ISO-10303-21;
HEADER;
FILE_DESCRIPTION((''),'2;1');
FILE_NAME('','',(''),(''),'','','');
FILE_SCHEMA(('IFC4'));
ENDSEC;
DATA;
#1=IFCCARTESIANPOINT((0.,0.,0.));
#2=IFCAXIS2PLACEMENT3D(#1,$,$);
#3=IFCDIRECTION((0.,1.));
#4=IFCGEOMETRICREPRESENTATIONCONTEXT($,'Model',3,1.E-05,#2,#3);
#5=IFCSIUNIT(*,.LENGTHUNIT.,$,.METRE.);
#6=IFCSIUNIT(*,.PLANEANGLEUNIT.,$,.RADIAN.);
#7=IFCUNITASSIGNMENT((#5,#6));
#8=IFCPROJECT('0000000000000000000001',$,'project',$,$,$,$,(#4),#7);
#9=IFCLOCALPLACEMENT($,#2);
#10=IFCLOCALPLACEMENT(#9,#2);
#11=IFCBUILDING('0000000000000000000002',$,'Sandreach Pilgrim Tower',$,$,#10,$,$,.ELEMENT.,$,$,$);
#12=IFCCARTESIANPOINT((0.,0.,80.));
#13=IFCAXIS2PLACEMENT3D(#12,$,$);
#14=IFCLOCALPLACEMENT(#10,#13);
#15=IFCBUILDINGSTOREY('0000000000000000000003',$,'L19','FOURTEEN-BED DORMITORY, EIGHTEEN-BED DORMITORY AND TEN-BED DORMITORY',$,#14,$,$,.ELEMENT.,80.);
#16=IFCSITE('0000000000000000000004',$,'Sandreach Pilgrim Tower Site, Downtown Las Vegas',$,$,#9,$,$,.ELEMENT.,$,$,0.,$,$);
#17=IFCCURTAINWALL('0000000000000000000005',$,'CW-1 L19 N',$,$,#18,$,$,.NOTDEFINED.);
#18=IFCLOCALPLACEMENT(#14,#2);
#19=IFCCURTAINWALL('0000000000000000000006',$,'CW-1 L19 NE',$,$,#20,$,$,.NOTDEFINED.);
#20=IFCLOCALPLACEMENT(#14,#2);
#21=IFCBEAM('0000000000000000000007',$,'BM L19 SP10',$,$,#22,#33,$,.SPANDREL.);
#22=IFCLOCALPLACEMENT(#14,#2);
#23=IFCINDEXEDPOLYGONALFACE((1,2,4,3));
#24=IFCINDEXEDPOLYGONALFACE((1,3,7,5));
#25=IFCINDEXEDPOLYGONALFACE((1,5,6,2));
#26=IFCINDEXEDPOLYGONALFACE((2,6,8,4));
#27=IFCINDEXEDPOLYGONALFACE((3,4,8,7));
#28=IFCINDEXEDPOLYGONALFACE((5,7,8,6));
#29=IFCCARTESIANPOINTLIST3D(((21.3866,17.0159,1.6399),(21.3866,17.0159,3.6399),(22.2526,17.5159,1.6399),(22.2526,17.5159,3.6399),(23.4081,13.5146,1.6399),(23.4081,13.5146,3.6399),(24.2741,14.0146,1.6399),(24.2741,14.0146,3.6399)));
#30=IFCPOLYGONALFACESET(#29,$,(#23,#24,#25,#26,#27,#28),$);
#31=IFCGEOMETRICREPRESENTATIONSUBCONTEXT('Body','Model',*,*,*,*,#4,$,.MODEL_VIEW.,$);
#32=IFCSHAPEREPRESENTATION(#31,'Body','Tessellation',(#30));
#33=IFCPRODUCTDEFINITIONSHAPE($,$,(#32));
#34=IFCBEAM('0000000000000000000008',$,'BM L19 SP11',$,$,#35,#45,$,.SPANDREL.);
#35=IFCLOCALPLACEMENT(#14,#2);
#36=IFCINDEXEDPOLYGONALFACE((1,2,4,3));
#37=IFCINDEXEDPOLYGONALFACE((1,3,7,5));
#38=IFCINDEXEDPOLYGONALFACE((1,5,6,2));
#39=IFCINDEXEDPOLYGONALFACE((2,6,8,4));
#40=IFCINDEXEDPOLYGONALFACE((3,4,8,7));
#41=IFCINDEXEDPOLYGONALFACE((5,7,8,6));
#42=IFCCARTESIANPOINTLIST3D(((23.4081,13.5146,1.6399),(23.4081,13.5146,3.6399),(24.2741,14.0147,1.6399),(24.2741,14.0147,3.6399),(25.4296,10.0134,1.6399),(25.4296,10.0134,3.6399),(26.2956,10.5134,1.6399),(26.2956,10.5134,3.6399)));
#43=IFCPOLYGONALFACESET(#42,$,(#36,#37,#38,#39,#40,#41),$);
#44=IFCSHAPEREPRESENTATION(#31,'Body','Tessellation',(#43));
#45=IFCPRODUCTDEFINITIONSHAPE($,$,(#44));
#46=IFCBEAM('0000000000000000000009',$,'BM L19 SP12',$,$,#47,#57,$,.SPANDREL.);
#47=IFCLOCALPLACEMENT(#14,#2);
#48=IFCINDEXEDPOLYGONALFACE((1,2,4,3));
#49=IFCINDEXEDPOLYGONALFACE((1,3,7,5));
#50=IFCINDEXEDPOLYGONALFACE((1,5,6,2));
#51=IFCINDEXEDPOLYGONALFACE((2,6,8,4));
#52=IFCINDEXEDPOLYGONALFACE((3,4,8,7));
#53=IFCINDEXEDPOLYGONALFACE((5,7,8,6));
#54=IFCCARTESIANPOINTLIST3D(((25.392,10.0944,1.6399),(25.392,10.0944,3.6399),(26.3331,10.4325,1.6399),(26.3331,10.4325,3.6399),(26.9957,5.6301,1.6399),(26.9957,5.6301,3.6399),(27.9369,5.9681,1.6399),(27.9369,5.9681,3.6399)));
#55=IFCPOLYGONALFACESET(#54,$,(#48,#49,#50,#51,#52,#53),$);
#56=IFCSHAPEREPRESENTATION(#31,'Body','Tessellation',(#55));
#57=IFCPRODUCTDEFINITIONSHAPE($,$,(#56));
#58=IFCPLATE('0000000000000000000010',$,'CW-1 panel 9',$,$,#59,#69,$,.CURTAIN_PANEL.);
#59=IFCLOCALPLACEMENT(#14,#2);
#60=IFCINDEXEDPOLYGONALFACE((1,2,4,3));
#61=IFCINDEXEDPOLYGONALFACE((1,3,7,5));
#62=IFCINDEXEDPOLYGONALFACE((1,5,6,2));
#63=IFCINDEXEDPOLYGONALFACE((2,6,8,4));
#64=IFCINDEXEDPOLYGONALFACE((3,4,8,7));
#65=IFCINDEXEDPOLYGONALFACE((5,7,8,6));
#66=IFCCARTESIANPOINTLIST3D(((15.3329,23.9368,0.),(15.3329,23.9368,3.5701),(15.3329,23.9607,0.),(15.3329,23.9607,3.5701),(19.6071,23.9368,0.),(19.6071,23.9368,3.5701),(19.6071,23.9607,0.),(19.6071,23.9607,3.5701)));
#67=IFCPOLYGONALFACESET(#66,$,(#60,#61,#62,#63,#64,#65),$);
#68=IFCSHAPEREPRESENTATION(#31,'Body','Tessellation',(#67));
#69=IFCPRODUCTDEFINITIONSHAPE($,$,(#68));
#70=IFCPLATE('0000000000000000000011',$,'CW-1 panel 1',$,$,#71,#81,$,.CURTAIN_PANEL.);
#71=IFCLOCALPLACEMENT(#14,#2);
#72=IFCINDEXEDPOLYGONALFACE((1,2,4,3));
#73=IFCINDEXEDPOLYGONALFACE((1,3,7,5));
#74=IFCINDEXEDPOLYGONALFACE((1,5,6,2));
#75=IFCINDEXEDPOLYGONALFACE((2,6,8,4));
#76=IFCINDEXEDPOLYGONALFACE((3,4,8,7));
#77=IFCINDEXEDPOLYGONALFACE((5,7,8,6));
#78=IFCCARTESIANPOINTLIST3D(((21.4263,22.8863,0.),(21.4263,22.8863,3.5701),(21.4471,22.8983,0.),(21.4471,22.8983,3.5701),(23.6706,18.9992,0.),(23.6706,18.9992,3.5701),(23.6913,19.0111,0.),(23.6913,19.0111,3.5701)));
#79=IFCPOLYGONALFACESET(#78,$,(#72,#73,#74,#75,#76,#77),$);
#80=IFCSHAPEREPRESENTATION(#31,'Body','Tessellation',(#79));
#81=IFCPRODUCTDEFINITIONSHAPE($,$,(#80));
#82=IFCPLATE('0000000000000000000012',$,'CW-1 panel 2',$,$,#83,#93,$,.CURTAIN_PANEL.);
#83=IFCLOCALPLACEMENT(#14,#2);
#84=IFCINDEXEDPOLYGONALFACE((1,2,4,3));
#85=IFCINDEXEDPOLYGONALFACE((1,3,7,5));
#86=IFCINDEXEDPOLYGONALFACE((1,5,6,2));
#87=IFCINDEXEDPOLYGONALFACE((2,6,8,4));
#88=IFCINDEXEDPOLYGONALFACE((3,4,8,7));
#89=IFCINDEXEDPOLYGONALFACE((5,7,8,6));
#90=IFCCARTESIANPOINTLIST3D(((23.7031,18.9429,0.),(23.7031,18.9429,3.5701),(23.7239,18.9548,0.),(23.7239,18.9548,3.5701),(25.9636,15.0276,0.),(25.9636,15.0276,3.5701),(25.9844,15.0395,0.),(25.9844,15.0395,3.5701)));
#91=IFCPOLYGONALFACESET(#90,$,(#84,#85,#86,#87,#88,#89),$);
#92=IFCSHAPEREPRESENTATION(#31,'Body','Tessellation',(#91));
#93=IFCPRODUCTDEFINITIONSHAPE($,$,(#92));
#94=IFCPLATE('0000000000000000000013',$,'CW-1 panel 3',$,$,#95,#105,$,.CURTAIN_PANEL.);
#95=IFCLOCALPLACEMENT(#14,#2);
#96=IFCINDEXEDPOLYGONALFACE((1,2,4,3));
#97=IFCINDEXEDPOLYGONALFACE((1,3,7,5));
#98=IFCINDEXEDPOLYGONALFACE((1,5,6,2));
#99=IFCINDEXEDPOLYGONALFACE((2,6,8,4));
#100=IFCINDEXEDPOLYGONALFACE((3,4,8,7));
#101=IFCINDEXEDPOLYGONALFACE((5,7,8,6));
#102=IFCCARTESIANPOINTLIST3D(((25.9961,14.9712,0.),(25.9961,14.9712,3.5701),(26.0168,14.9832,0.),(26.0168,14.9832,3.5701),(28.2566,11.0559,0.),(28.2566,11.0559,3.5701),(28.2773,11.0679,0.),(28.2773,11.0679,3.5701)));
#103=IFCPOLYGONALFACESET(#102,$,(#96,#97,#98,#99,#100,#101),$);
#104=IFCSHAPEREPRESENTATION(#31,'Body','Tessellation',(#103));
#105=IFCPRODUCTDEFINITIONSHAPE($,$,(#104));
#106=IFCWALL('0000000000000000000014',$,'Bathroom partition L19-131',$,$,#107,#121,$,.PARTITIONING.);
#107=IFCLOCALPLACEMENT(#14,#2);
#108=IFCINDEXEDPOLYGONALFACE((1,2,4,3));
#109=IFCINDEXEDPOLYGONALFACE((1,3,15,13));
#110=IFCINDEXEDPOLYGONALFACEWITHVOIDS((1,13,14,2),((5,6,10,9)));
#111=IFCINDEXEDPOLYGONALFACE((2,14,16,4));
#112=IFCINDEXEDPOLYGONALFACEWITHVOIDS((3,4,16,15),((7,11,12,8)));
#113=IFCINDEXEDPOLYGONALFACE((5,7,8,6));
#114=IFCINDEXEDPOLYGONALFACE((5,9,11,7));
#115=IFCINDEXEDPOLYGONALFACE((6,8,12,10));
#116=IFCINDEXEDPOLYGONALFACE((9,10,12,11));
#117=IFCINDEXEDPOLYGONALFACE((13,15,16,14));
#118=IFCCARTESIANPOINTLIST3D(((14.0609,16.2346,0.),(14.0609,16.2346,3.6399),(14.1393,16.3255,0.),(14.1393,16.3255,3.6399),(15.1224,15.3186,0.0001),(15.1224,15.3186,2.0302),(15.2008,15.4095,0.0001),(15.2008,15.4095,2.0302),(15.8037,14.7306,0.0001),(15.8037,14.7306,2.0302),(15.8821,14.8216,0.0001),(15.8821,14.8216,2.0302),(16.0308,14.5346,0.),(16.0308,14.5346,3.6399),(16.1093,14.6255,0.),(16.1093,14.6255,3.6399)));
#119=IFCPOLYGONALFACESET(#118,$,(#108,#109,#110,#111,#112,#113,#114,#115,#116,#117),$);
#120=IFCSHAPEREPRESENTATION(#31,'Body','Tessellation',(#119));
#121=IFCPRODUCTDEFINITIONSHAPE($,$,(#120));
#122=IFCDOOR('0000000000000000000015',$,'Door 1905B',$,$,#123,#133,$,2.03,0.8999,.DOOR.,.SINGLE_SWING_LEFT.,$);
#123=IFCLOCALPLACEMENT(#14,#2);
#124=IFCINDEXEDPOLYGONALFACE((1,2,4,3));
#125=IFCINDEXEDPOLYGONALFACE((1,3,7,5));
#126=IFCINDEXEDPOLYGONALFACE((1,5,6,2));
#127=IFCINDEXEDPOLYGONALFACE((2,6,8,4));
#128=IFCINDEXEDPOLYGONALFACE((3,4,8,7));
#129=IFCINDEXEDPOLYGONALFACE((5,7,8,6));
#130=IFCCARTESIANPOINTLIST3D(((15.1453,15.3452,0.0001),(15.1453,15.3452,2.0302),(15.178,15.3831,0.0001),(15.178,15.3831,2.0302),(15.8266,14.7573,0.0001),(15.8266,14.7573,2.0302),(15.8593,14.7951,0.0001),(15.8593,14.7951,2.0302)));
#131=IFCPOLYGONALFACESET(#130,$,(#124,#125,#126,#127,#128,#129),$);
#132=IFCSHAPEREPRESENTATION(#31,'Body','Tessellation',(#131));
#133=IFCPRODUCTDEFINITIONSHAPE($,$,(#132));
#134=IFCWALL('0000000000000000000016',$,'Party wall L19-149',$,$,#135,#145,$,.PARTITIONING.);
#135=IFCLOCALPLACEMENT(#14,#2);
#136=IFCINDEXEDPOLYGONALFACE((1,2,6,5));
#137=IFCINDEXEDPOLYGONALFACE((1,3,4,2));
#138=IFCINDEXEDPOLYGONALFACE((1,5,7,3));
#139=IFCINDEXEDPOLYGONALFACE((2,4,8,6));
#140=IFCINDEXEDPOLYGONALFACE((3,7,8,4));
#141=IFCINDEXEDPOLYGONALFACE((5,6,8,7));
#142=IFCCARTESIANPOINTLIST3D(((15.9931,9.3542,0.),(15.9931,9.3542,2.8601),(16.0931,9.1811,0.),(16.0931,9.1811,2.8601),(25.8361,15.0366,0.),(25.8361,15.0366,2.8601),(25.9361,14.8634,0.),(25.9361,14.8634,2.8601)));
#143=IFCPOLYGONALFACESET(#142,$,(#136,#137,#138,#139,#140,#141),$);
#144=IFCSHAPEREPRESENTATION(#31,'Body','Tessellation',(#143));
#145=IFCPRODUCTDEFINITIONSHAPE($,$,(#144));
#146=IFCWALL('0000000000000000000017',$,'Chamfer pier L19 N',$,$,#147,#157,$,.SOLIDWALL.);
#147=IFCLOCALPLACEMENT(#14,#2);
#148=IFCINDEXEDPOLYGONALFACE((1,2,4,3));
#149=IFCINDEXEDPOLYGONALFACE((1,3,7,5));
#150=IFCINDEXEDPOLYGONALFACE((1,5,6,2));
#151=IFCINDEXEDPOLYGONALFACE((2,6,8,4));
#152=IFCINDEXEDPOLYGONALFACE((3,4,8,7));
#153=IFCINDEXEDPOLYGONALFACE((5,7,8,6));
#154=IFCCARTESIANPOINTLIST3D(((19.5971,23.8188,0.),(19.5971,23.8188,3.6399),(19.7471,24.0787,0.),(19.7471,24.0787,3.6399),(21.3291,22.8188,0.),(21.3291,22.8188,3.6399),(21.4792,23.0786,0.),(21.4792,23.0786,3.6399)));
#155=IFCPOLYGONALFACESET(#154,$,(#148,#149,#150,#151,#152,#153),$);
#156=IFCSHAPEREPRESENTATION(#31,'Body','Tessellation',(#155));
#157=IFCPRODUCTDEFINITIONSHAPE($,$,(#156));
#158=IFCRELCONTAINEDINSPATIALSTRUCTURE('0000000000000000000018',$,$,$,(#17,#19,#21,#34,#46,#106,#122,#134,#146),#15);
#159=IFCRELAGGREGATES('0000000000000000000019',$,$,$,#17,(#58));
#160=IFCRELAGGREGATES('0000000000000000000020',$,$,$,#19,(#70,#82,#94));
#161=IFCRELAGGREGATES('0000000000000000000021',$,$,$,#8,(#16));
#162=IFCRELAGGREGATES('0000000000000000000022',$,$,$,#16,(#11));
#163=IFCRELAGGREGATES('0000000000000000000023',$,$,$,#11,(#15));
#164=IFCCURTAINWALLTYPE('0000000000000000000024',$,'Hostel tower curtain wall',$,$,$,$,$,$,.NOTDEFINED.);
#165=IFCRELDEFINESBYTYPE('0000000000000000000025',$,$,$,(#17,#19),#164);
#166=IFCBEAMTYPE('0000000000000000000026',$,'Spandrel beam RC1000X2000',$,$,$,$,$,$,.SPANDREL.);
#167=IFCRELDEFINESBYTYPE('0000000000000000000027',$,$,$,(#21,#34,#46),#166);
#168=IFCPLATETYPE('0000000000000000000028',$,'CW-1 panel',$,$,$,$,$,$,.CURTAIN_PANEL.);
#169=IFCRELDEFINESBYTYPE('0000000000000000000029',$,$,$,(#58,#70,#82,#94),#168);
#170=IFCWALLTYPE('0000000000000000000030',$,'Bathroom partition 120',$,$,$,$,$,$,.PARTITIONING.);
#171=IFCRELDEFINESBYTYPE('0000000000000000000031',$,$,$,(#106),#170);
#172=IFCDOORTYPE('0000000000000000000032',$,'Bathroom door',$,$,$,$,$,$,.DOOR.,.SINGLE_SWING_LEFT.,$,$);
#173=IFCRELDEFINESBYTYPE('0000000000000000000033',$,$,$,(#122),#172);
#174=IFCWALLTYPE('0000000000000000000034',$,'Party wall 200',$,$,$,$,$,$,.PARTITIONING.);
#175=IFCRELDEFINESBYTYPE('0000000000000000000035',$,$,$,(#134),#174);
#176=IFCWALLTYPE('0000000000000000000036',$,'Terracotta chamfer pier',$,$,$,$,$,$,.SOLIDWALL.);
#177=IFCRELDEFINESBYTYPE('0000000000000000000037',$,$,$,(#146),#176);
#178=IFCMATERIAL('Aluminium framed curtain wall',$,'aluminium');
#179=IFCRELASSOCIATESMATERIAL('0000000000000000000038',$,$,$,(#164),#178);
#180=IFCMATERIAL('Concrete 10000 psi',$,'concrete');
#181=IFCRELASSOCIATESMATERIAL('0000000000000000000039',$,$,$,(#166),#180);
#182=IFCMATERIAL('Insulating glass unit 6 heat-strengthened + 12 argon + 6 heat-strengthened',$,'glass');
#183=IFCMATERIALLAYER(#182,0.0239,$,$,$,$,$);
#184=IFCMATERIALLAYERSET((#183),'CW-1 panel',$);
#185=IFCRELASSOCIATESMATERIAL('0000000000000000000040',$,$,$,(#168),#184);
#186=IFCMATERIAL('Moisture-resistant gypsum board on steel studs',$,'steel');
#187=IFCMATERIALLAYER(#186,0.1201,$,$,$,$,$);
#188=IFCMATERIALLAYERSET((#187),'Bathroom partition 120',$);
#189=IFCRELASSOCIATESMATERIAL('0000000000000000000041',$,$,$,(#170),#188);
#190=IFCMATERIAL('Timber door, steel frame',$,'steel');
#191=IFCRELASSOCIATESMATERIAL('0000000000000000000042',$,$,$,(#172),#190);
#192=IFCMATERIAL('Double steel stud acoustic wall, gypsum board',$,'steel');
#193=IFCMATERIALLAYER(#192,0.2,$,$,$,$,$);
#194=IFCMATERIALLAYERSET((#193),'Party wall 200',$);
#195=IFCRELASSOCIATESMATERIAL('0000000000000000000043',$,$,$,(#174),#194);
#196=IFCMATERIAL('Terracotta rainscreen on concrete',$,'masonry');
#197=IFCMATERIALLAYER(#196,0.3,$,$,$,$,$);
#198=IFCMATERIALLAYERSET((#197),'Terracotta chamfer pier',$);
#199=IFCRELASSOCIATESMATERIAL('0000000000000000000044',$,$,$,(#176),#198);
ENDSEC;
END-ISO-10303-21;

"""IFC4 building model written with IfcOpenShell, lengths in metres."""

from ifc_helpers import new_model, si_unit, direction, frame, frame_2d, origin, origin_2d, place, context, subcontext, project, spatial, rectangle, extrude, material, layer, layer_set, material_profile, profile_set, type_object, element, fill, aggregate, save


model = new_model("IFC4")

# Units and contexts
model_context = context("Model", 3, precision=1e-05, world=origin(), true_north=direction((0.0, 1.0)))
body_context = subcontext(model_context, "Body", "Model", "MODEL_VIEW")
ifc_project = project(units=[si_unit("LENGTHUNIT", "METRE"), si_unit("PLANEANGLEUNIT", "RADIAN")], contexts=[model_context])

# Site, building, storey
site_placement = place(None, origin())
site = spatial("IfcSite", under=ifc_project, at=site_placement, Name="Sandreach Pilgrim Tower Site, Downtown Las Vegas", CompositionType="ELEMENT", RefElevation=0.0)
building_placement = place(site_placement, origin())
building = spatial("IfcBuilding", under=site, at=building_placement, Name="Sandreach Pilgrim Tower", CompositionType="ELEMENT")
storey_placement = place(building_placement, frame((0.0, 0.0, 80.0)))
storey = spatial("IfcBuildingStorey", under=building, at=storey_placement, Name="L19", Description="FOURTEEN-BED DORMITORY, EIGHTEEN-BED DORMITORY AND TEN-BED DORMITORY", CompositionType="ELEMENT", Elevation=80.0)

# Curtain wall
ifc_material_1 = material(Name="Aluminium framed curtain wall", Category="aluminium")
curtain_wall_type = type_object("IfcCurtainWallType", Name="Hostel tower curtain wall", PredefinedType="NOTDEFINED", material=ifc_material_1)
curtain_wall_1_placement = place(storey_placement, origin())
curtain_wall_1 = element("IfcCurtainWall", 1, at=curtain_wall_1_placement, inside=storey, type_object=curtain_wall_type, Name="CW-1 L19 N", PredefinedType="NOTDEFINED")

# Curtain wall
curtain_wall_2_placement = place(storey_placement, origin())
curtain_wall_2 = element("IfcCurtainWall", 2, at=curtain_wall_2_placement, inside=storey, type_object=curtain_wall_type, Name="CW-1 L19 NE", PredefinedType="NOTDEFINED")

# Beams
ifc_material_2 = material(Name="Concrete 10000 psi", Category="concrete")
ifc_material_profile_1 = material_profile(ifc_material_2, rectangle(XDim=1.0, YDim=2.0, at=origin_2d()), Name="RC1000X2000")
ifc_profile_set_1 = profile_set([ifc_material_profile_1], Name="Concrete 10000 psi")
beam_type_1 = type_object("IfcBeamType", Name="Spandrel beam RC1000X2000", PredefinedType="SPANDREL", material=ifc_profile_set_1)
for number, where, z_axis, x_axis, name in (
    (3, (21.8196, 17.2659, 2.6399), (0.50001, -0.86602, 0.0), (0.86602, 0.50001, 0.0), "BM L19 SP10"),
    (4, (23.8411, 13.7646, 2.6399), (0.50001, -0.86602, 0.0), (0.86602, 0.50001, 0.0), "BM L19 SP11"),
):
    element("IfcBeam", number, at=place(storey_placement, frame(where, z_axis=z_axis, x_axis=x_axis)), inside=storey, type_object=beam_type_1, Name=name, PredefinedType="SPANDREL", context=body_context, shape_type="SweptSolid", body=[
        extrude(rectangle(XDim=1.0, YDim=2.0, at=origin_2d()), origin(), (0.0, 0.0, 1.0), 4.043),
    ])
beam_1_placement = place(storey_placement, frame((25.8625, 10.2634, 2.6399), z_axis=(0.338083, -0.941116, 0.0), x_axis=(0.941116, 0.338083, 0.0)))
element("IfcBeam", 5, at=beam_1_placement, inside=storey, type_object=beam_type_1, Name="BM L19 SP12", PredefinedType="SPANDREL", context=body_context, shape_type="SweptSolid", body=[
    extrude(rectangle(XDim=1.0, YDim=2.0, at=origin_2d()), origin(), (0.0, 0.0, 1.0), 4.7437),
])

# Plates
ifc_material_3 = material(Name="Insulating glass unit 6 heat-strengthened + 12 argon + 6 heat-strengthened", Category="glass")
ifc_layer_1 = layer(ifc_material_3, 0.0239)
ifc_layer_set_1 = layer_set([ifc_layer_1], Name="CW-1 panel")
plate_type = type_object("IfcPlateType", Name="CW-1 panel", PredefinedType="CURTAIN_PANEL", material=ifc_layer_set_1)
plate_1_placement = place(storey_placement, frame((17.47, 23.9487, 0.0), z_axis=(0.0, 0.0, 1.0), x_axis=(1.0, 0.0, 0.0)))
plate_1 = element("IfcPlate", 6, at=plate_1_placement, type_object=plate_type, Name="CW-1 panel 9", PredefinedType="CURTAIN_PANEL", context=body_context, shape_type="SweptSolid", body=[
    extrude(rectangle(XDim=4.2742, YDim=0.0239, at=origin_2d()), origin(), (0.0, 0.0, 1.0), 3.5701),
])
aggregate(curtain_wall_1, [plate_1])
plate_2_placement = place(storey_placement, frame((22.5588, 20.9487, 0.0), z_axis=(0.0, 0.0, 1.0), x_axis=(0.5, -0.866025, 0.0)))
plate_2 = element("IfcPlate", 7, at=plate_2_placement, type_object=plate_type, Name="CW-1 panel 1", PredefinedType="CURTAIN_PANEL", context=body_context, shape_type="SweptSolid", body=[
    extrude(rectangle(XDim=4.4885, YDim=0.0239, at=origin_2d()), origin(), (0.0, 0.0, 1.0), 3.5701),
])
plate_3_placement = place(storey_placement, frame((24.8438, 16.9912, 0.0), z_axis=(0.0, 0.0, 1.0), x_axis=(0.5, -0.866025, 0.0)))
plate_3 = element("IfcPlate", 8, at=plate_3_placement, type_object=plate_type, Name="CW-1 panel 2", PredefinedType="CURTAIN_PANEL", context=body_context, shape_type="SweptSolid", body=[
    extrude(rectangle(XDim=4.521, YDim=0.0239, at=origin_2d()), origin(), (0.0, 0.0, 1.0), 3.5701),
])
plate_4_placement = place(storey_placement, frame((27.1367, 13.0195, 0.0), z_axis=(0.0, 0.0, 1.0), x_axis=(0.5, -0.866025, 0.0)))
plate_4 = element("IfcPlate", 9, at=plate_4_placement, type_object=plate_type, Name="CW-1 panel 3", PredefinedType="CURTAIN_PANEL", context=body_context, shape_type="SweptSolid", body=[
    extrude(rectangle(XDim=4.521, YDim=0.0239, at=origin_2d()), origin(), (0.0, 0.0, 1.0), 3.5701),
])
aggregate(curtain_wall_2, [plate_2, plate_3, plate_4])

# Wall, opening, door
ifc_material_4 = material(Name="Moisture-resistant gypsum board on steel studs", Category="steel")
ifc_layer_2 = layer(ifc_material_4, 0.1201)
ifc_layer_set_2 = layer_set([ifc_layer_2], Name="Bathroom partition 120")
wall_type_1 = type_object("IfcWallType", Name="Bathroom partition 120", PredefinedType="PARTITIONING", material=ifc_layer_set_2)
wall_1_placement = place(storey_placement, frame((16.0701, 14.5801, 0.0), z_axis=(0.0, 0.0, 1.0), x_axis=(-0.757087, 0.653314, 0.0)))
wall_1 = element("IfcWall", 10, at=wall_1_placement, inside=storey, type_object=wall_type_1, Name="Bathroom partition L19-131", PredefinedType="PARTITIONING", context=body_context, shape_type="SweptSolid", body=[
    extrude(rectangle(XDim=2.6021, YDim=0.1201, at=frame_2d((1.301, 0.0))), origin(), (0.0, 0.0, 1.0), 3.6399),
])
opening_placement = place(wall_1_placement, frame((0.3, 0.0, 0.0)))
opening = element("IfcOpeningElement", 11, at=opening_placement, cuts=wall_1, PredefinedType="OPENING", context=body_context, shape_type="SweptSolid", body=[
    extrude(rectangle(XDim=0.8999, YDim=2.03, at=frame_2d((0.45, 1.0151))), frame((0.0, 0.0601, 0.0), z_axis=(0.0, -1.0, 0.0), x_axis=(1.0, 0.0, 0.0)), (0.0, 0.0, 1.0), 0.1201),
])
ifc_material_5 = material(Name="Timber door, steel frame", Category="steel")
door_type = type_object("IfcDoorType", Name="Bathroom door", OperationType="SINGLE_SWING_LEFT", PredefinedType="DOOR", material=ifc_material_5)
door_placement = place(opening_placement, origin())
door = element("IfcDoor", 12, at=door_placement, inside=storey, type_object=door_type, Name="Door 1905B", OperationType="SINGLE_SWING_LEFT", OverallHeight=2.03, OverallWidth=0.8999, PredefinedType="DOOR", context=body_context, shape_type="SweptSolid", body=[
    extrude(rectangle(XDim=0.8999, YDim=2.03, at=frame_2d((0.45, 1.0151))), frame((0.0, 0.0249, 0.0), z_axis=(0.0, -1.0, 0.0), x_axis=(1.0, 0.0, 0.0)), (0.0, 0.0, 1.0), 0.05),
])
fill(opening, door)

# Walls
ifc_material_6 = material(Name="Double steel stud acoustic wall, gypsum board", Category="steel")
ifc_layer_3 = layer(ifc_material_6, 0.2)
ifc_layer_set_3 = layer_set([ifc_layer_3], Name="Party wall 200")
wall_type_2 = type_object("IfcWallType", Name="Party wall 200", PredefinedType="PARTITIONING", material=ifc_layer_set_3)
wall_2_placement = place(storey_placement, frame((25.886, 14.95, 0.0), z_axis=(0.0, 0.0, 1.0), x_axis=(-0.866044, -0.499967, 0.0)))
element("IfcWall", 13, at=wall_2_placement, inside=storey, type_object=wall_type_2, Name="Party wall L19-149", PredefinedType="PARTITIONING", context=body_context, shape_type="SweptSolid", body=[
    extrude(rectangle(XDim=11.3655, YDim=0.2, at=frame_2d((5.6826, 0.0))), origin(), (0.0, 0.0, 1.0), 2.8601),
])
ifc_material_7 = material(Name="Terracotta rainscreen on concrete", Category="masonry")
ifc_layer_4 = layer(ifc_material_7, 0.3)
ifc_layer_set_4 = layer_set([ifc_layer_4], Name="Terracotta chamfer pier")
wall_type_3 = type_object("IfcWallType", Name="Terracotta chamfer pier", PredefinedType="SOLIDWALL", material=ifc_layer_set_4)
wall_3_placement = place(storey_placement, frame((19.6721, 23.9487, 0.0), z_axis=(0.0, 0.0, 1.0), x_axis=(0.866011, -0.500025, 0.0)))
element("IfcWall", 14, at=wall_3_placement, inside=storey, type_object=wall_type_3, Name="Chamfer pier L19 N", PredefinedType="SOLIDWALL", context=body_context, shape_type="SweptSolid", body=[
    extrude(rectangle(XDim=2.0, YDim=0.3, at=frame_2d((1.0, 0.0))), origin(), (0.0, 0.0, 1.0), 3.6399),
])

save(model, "model.ifc")
